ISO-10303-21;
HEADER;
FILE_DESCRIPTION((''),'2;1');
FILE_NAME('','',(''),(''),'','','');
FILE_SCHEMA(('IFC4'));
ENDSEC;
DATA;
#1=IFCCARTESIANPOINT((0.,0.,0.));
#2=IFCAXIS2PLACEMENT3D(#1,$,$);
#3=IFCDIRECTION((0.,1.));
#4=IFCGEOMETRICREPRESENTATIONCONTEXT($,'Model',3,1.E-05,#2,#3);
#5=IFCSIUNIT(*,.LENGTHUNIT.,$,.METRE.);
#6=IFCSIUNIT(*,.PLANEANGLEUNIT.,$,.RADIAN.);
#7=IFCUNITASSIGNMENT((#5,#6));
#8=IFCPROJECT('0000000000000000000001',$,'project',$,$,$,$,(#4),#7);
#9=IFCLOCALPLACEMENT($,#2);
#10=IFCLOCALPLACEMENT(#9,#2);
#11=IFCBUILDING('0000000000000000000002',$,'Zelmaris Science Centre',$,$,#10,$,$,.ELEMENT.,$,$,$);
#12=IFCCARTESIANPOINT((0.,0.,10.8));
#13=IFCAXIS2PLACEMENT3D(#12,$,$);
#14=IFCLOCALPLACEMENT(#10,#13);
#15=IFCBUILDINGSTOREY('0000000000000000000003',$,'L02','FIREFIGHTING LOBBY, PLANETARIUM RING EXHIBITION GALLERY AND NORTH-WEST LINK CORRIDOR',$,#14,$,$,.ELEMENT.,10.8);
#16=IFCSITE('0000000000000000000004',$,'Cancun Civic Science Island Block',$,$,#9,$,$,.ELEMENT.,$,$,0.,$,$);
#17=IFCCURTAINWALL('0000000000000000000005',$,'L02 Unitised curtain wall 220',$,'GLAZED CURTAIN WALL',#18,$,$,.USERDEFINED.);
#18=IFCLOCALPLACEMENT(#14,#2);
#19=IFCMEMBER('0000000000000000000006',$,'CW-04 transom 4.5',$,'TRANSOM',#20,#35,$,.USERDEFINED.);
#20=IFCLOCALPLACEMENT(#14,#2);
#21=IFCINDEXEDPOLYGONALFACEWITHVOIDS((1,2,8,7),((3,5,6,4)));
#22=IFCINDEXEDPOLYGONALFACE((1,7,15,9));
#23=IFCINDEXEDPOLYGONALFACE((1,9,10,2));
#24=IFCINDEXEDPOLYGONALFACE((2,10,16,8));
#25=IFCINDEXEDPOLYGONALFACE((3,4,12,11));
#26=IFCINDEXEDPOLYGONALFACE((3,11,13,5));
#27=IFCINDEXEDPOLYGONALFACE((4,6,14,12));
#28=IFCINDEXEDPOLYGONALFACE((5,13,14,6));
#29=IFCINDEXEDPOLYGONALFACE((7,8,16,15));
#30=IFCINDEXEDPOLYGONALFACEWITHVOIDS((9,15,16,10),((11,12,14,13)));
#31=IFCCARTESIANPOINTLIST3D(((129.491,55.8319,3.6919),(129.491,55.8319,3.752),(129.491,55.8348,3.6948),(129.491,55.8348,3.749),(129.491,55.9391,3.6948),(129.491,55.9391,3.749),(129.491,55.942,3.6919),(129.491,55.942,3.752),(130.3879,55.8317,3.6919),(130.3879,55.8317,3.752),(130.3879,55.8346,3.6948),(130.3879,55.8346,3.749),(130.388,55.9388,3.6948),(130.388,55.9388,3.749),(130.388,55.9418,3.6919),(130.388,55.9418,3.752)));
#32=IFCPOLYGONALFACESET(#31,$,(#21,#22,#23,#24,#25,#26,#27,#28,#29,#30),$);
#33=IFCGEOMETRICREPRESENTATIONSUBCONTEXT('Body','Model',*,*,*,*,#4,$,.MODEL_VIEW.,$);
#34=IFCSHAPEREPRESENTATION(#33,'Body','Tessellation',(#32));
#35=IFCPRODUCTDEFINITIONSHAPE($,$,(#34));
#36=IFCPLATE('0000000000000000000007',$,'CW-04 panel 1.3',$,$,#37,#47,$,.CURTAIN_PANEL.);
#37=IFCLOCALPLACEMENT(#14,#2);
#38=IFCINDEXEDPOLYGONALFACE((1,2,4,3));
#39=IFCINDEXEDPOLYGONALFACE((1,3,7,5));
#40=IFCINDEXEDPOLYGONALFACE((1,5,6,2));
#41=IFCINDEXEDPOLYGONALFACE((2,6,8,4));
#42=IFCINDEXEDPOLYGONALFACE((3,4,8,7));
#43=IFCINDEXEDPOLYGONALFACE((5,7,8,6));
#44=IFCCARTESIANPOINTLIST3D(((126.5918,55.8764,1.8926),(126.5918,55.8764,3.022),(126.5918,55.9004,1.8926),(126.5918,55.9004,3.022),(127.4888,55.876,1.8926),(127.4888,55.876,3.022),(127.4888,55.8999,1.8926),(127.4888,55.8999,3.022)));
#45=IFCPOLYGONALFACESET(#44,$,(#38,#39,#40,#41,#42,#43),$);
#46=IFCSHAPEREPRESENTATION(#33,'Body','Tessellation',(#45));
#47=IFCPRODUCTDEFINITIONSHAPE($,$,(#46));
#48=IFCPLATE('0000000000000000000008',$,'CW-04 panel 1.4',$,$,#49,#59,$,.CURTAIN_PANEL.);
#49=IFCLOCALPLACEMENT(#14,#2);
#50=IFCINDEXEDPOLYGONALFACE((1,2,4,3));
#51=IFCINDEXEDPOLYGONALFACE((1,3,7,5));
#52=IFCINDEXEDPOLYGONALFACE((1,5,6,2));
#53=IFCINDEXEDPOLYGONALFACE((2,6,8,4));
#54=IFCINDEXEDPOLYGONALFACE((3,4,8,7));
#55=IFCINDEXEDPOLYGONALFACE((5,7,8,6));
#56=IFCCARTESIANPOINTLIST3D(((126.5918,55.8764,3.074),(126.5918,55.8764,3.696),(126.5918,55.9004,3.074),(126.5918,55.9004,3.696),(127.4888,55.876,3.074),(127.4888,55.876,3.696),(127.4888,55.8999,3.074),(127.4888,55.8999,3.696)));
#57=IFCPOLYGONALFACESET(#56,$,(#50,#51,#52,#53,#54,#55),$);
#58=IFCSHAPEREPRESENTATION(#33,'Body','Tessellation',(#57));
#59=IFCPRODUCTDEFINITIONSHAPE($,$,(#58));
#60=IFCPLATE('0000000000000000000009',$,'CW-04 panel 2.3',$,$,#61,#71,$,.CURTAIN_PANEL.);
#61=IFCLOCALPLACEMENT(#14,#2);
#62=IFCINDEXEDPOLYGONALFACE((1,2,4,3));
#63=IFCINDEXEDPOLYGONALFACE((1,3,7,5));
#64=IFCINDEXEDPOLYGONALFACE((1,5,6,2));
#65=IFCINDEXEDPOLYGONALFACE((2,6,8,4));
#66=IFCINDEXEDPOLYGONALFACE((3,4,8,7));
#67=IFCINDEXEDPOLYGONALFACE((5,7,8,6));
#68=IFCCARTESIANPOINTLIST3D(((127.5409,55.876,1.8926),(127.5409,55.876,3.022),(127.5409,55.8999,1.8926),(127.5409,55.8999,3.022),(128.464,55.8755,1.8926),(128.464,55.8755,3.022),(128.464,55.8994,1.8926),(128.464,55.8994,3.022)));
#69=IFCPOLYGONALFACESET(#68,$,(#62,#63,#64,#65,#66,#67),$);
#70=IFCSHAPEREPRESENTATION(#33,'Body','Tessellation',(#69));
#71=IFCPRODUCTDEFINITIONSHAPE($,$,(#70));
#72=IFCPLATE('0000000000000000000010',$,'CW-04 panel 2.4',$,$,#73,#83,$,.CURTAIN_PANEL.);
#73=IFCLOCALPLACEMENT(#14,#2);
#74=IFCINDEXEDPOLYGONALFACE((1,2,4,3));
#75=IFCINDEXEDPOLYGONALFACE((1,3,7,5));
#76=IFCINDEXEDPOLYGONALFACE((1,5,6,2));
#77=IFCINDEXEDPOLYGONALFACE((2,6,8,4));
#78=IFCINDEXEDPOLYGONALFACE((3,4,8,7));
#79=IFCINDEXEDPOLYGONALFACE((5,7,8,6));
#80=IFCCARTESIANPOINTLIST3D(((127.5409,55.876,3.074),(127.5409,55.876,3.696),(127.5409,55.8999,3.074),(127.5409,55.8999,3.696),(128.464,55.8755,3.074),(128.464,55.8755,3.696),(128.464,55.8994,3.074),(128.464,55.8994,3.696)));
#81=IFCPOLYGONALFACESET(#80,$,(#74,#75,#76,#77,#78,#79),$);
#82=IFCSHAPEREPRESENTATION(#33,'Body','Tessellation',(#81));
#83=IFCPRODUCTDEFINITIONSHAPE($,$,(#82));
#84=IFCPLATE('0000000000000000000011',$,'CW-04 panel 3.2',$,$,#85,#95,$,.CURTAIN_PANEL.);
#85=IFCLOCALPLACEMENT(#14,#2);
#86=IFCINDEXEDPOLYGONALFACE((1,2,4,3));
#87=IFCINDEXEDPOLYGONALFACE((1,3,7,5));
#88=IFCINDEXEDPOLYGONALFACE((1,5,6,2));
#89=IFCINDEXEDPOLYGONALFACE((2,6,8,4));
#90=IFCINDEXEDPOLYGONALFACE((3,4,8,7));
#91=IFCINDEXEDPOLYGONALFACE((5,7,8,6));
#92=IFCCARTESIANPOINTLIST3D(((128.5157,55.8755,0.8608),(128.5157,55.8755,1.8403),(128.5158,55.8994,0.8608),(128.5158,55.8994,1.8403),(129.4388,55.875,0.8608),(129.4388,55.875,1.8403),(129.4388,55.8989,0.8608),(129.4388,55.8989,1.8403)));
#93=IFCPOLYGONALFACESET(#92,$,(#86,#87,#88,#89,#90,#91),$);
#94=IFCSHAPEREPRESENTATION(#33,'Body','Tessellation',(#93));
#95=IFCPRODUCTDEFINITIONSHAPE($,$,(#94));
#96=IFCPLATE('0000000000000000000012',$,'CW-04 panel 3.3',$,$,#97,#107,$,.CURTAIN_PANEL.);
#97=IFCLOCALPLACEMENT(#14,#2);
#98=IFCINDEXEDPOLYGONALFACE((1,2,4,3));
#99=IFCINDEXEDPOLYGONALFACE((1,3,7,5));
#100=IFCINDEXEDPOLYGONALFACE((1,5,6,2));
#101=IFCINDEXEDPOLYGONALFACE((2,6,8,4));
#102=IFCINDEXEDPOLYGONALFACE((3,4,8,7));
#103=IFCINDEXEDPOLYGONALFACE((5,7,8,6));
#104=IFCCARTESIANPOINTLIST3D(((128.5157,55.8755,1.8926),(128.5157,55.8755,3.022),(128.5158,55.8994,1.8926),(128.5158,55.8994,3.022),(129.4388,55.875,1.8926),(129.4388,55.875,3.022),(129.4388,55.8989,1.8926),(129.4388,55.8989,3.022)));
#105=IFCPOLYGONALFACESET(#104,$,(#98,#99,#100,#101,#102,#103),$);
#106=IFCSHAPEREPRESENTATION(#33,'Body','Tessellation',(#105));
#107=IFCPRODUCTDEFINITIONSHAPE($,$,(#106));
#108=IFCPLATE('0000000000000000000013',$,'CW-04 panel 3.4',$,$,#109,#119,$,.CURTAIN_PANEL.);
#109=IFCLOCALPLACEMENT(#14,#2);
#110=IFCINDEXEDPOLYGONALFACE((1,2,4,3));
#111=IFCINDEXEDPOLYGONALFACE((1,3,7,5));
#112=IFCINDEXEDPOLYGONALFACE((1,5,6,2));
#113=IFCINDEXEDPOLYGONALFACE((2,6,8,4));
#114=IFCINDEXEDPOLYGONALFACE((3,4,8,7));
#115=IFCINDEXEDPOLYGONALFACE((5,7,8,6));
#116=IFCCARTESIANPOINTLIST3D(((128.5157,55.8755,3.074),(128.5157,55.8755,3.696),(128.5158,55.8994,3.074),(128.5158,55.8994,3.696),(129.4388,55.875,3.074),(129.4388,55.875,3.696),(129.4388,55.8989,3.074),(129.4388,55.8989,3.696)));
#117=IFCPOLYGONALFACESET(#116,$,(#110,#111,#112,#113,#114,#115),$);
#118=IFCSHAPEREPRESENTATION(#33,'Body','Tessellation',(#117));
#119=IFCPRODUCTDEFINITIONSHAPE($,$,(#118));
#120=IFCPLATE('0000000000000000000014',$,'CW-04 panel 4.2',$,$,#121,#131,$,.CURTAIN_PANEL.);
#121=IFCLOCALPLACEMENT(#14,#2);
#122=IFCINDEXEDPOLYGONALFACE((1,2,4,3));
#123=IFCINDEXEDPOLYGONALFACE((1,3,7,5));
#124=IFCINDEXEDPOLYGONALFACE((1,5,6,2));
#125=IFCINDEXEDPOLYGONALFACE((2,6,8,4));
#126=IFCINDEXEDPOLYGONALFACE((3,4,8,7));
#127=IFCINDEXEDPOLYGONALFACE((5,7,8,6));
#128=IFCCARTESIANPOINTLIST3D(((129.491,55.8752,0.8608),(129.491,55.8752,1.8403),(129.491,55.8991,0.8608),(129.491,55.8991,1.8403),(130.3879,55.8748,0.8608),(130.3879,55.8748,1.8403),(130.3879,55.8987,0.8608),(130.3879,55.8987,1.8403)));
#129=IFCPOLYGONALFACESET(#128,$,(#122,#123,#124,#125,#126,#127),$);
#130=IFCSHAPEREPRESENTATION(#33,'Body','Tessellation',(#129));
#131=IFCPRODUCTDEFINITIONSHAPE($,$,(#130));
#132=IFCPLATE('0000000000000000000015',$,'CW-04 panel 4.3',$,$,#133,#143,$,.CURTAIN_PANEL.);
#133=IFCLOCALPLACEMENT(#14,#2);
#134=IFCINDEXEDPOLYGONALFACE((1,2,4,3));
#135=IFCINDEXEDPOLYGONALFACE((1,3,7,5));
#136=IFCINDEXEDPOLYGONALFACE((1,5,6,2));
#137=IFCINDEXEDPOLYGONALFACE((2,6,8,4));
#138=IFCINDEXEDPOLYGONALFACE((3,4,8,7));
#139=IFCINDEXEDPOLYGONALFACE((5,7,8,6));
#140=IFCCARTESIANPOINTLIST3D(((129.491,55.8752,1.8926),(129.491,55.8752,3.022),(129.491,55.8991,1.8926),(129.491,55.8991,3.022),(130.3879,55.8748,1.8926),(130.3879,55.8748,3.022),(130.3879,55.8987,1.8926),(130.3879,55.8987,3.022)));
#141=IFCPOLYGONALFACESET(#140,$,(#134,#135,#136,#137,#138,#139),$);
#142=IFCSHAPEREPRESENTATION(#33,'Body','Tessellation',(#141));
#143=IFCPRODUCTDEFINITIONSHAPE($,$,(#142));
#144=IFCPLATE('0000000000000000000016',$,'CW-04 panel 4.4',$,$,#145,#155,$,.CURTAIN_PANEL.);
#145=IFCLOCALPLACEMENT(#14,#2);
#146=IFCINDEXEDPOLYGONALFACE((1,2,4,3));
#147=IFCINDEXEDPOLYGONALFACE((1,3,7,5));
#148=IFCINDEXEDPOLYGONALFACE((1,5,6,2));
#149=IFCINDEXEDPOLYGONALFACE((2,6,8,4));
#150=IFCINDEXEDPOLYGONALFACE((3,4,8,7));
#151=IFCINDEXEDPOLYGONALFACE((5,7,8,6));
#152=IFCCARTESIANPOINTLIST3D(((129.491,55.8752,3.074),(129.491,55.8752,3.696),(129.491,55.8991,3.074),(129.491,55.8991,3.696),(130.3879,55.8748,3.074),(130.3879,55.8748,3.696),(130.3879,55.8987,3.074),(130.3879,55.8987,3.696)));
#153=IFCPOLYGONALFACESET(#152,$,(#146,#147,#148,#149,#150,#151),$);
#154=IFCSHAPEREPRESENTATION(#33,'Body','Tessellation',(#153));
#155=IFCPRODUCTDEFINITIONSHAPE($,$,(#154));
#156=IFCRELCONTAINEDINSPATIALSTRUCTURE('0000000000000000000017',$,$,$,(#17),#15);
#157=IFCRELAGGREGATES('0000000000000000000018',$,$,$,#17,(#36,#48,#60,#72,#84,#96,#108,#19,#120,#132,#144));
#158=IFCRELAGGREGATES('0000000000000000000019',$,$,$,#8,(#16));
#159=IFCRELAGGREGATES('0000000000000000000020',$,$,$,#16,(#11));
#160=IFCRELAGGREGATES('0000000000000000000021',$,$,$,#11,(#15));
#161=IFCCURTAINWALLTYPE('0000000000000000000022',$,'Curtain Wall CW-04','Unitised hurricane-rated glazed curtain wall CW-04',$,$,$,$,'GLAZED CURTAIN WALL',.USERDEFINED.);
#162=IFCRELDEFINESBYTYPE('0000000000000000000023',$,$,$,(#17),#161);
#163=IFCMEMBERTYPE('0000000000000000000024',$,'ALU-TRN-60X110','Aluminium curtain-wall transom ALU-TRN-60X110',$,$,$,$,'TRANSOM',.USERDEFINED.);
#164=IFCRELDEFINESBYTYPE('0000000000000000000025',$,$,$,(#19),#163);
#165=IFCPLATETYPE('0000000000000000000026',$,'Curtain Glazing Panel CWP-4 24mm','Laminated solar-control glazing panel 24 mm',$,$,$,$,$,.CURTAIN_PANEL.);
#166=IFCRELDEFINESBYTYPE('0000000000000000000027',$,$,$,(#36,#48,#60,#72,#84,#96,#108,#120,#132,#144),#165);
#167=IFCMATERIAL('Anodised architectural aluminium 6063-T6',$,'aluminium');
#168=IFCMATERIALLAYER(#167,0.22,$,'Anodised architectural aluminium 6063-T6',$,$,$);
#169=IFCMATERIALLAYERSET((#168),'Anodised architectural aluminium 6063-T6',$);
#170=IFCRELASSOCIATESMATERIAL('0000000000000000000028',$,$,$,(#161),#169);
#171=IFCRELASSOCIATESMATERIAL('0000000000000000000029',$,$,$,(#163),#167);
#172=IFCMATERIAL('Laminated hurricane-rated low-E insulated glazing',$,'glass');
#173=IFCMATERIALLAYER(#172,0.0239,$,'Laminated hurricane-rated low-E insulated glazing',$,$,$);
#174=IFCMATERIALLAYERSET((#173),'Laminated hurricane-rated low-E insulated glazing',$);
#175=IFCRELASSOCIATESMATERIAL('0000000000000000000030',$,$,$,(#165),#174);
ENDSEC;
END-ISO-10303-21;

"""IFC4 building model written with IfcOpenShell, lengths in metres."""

from ifc_helpers import new_model, si_unit, direction, frame, origin, origin_2d, place, context, subcontext, project, spatial, rectangle, hollow_rectangle, extrude, material, layer, layer_set, material_profile, profile_set, type_object, element, aggregate, save


model = new_model("IFC4")

# Units and contexts
model_context = context("Model", 3, precision=1e-05, world=origin(), true_north=direction((0.0, 1.0)))
body_context = subcontext(model_context, "Body", "Model", "MODEL_VIEW")
ifc_project = project(units=[si_unit("LENGTHUNIT", "METRE"), si_unit("PLANEANGLEUNIT", "RADIAN")], contexts=[model_context])

# Site, building, storey
site_placement = place(None, origin())
site = spatial("IfcSite", under=ifc_project, at=site_placement, Name="Cancun Civic Science Island Block", CompositionType="ELEMENT", RefElevation=0.0)
building_placement = place(site_placement, origin())
building = spatial("IfcBuilding", under=site, at=building_placement, Name="Zelmaris Science Centre", CompositionType="ELEMENT")
storey_placement = place(building_placement, frame((0.0, 0.0, 10.8)))
storey = spatial("IfcBuildingStorey", under=building, at=storey_placement, Name="L02", Description="FIREFIGHTING LOBBY, PLANETARIUM RING EXHIBITION GALLERY AND NORTH-WEST LINK CORRIDOR", CompositionType="ELEMENT", Elevation=10.8)

# Curtain wall, member, plates
ifc_material_1 = material(Name="Anodised architectural aluminium 6063-T6", Category="aluminium")
ifc_layer_1 = layer(ifc_material_1, 0.22, Name="Anodised architectural aluminium 6063-T6")
ifc_layer_set_1 = layer_set([ifc_layer_1], Name="Anodised architectural aluminium 6063-T6")
curtain_wall_type = type_object("IfcCurtainWallType", Name="Curtain Wall CW-04", Description="Unitised hurricane-rated glazed curtain wall CW-04", ElementType="GLAZED CURTAIN WALL", PredefinedType="USERDEFINED", material=ifc_layer_set_1)
curtain_wall_placement = place(storey_placement, origin())
curtain_wall = element("IfcCurtainWall", 1, at=curtain_wall_placement, inside=storey, type_object=curtain_wall_type, Name="L02 Unitised curtain wall 220", ObjectType="GLAZED CURTAIN WALL", PredefinedType="USERDEFINED")
ifc_material_profile = material_profile(ifc_material_1, hollow_rectangle(XDim=0.0601, YDim=0.1101, WallThickness=0.0029, at=origin_2d()), Name="ALU-TRN-60X110")
ifc_profile_set = profile_set([ifc_material_profile], Name="Anodised architectural aluminium 6063-T6")
member_type = type_object("IfcMemberType", Name="ALU-TRN-60X110", Description="Aluminium curtain-wall transom ALU-TRN-60X110", ElementType="TRANSOM", PredefinedType="USERDEFINED", material=ifc_profile_set)
member_1_placement = place(storey_placement, frame((129.491, 55.887, 3.7219), z_axis=(1.0, -0.000272, 0.0), x_axis=(0.0, 0.0, 1.0)))
member_1 = element("IfcMember", 2, at=member_1_placement, type_object=member_type, Name="CW-04 transom 4.5", ObjectType="TRANSOM", PredefinedType="USERDEFINED", context=body_context, shape_type="SweptSolid", body=[
    extrude(hollow_rectangle(XDim=0.0601, YDim=0.1101, WallThickness=0.0029, at=origin_2d()), origin(), (0.0, 0.0, 1.0), 0.897),
])
ifc_material_2 = material(Name="Laminated hurricane-rated low-E insulated glazing", Category="glass")
ifc_layer_2 = layer(ifc_material_2, 0.0239, Name="Laminated hurricane-rated low-E insulated glazing")
ifc_layer_set_2 = layer_set([ifc_layer_2], Name="Laminated hurricane-rated low-E insulated glazing")
plate_type = type_object("IfcPlateType", Name="Curtain Glazing Panel CWP-4 24mm", Description="Laminated solar-control glazing panel 24 mm", PredefinedType="CURTAIN_PANEL", material=ifc_layer_set_2)
plate_1_placement = place(storey_placement, frame((127.0403, 55.8882, 1.8926), z_axis=(0.0, 0.0, 1.0), x_axis=(1.0, -0.000487, 0.0)))
plate_1 = element("IfcPlate", 3, at=plate_1_placement, type_object=plate_type, Name="CW-04 panel 1.3", PredefinedType="CURTAIN_PANEL", context=body_context, shape_type="SweptSolid", body=[
    extrude(rectangle(XDim=0.897, YDim=0.0239, at=origin_2d()), origin(), (0.0, 0.0, 1.0), 1.1294),
])
plate_2_placement = place(storey_placement, frame((127.0403, 55.8882, 3.074), z_axis=(0.0, 0.0, 1.0), x_axis=(1.0, -0.000487, 0.0)))
plate_2 = element("IfcPlate", 4, at=plate_2_placement, type_object=plate_type, Name="CW-04 panel 1.4", PredefinedType="CURTAIN_PANEL", context=body_context, shape_type="SweptSolid", body=[
    extrude(rectangle(XDim=0.897, YDim=0.0239, at=origin_2d()), origin(), (0.0, 0.0, 1.0), 0.6221),
])
plate_3_placement = place(storey_placement, frame((128.0024, 55.8877, 1.8926), z_axis=(0.0, 0.0, 1.0), x_axis=(1.0, -0.000487, 0.0)))
plate_3 = element("IfcPlate", 5, at=plate_3_placement, type_object=plate_type, Name="CW-04 panel 2.3", PredefinedType="CURTAIN_PANEL", context=body_context, shape_type="SweptSolid", body=[
    extrude(rectangle(XDim=0.9231, YDim=0.0239, at=origin_2d()), origin(), (0.0, 0.0, 1.0), 1.1294),
])
plate_4_placement = place(storey_placement, frame((128.0024, 55.8877, 3.074), z_axis=(0.0, 0.0, 1.0), x_axis=(1.0, -0.000487, 0.0)))
plate_4 = element("IfcPlate", 6, at=plate_4_placement, type_object=plate_type, Name="CW-04 panel 2.4", PredefinedType="CURTAIN_PANEL", context=body_context, shape_type="SweptSolid", body=[
    extrude(rectangle(XDim=0.9231, YDim=0.0239, at=origin_2d()), origin(), (0.0, 0.0, 1.0), 0.6221),
])
plate_5_placement = place(storey_placement, frame((128.9773, 55.8872, 0.8608), z_axis=(0.0, 0.0, 1.0), x_axis=(1.0, -0.000487, 0.0)))
plate_5 = element("IfcPlate", 7, at=plate_5_placement, type_object=plate_type, Name="CW-04 panel 3.2", PredefinedType="CURTAIN_PANEL", context=body_context, shape_type="SweptSolid", body=[
    extrude(rectangle(XDim=0.9231, YDim=0.0239, at=origin_2d()), origin(), (0.0, 0.0, 1.0), 0.9795),
])
plate_6_placement = place(storey_placement, frame((128.9773, 55.8872, 1.8926), z_axis=(0.0, 0.0, 1.0), x_axis=(1.0, -0.000487, 0.0)))
plate_6 = element("IfcPlate", 8, at=plate_6_placement, type_object=plate_type, Name="CW-04 panel 3.3", PredefinedType="CURTAIN_PANEL", context=body_context, shape_type="SweptSolid", body=[
    extrude(rectangle(XDim=0.9231, YDim=0.0239, at=origin_2d()), origin(), (0.0, 0.0, 1.0), 1.1294),
])
plate_7_placement = place(storey_placement, frame((128.9773, 55.8872, 3.074), z_axis=(0.0, 0.0, 1.0), x_axis=(1.0, -0.000487, 0.0)))
plate_7 = element("IfcPlate", 9, at=plate_7_placement, type_object=plate_type, Name="CW-04 panel 3.4", PredefinedType="CURTAIN_PANEL", context=body_context, shape_type="SweptSolid", body=[
    extrude(rectangle(XDim=0.9231, YDim=0.0239, at=origin_2d()), origin(), (0.0, 0.0, 1.0), 0.6221),
])
plate_8_placement = place(storey_placement, frame((129.9395, 55.887, 0.8608), z_axis=(0.0, 0.0, 1.0), x_axis=(1.0, -0.000487, 0.0)))
plate_8 = element("IfcPlate", 10, at=plate_8_placement, type_object=plate_type, Name="CW-04 panel 4.2", PredefinedType="CURTAIN_PANEL", context=body_context, shape_type="SweptSolid", body=[
    extrude(rectangle(XDim=0.897, YDim=0.0239, at=origin_2d()), origin(), (0.0, 0.0, 1.0), 0.9795),
])
plate_9_placement = place(storey_placement, frame((129.9395, 55.887, 1.8926), z_axis=(0.0, 0.0, 1.0), x_axis=(1.0, -0.000487, 0.0)))
plate_9 = element("IfcPlate", 11, at=plate_9_placement, type_object=plate_type, Name="CW-04 panel 4.3", PredefinedType="CURTAIN_PANEL", context=body_context, shape_type="SweptSolid", body=[
    extrude(rectangle(XDim=0.897, YDim=0.0239, at=origin_2d()), origin(), (0.0, 0.0, 1.0), 1.1294),
])
plate_10_placement = place(storey_placement, frame((129.9395, 55.887, 3.074), z_axis=(0.0, 0.0, 1.0), x_axis=(1.0, -0.000487, 0.0)))
plate_10 = element("IfcPlate", 12, at=plate_10_placement, type_object=plate_type, Name="CW-04 panel 4.4", PredefinedType="CURTAIN_PANEL", context=body_context, shape_type="SweptSolid", body=[
    extrude(rectangle(XDim=0.897, YDim=0.0239, at=origin_2d()), origin(), (0.0, 0.0, 1.0), 0.6221),
])
aggregate(curtain_wall, [plate_1, plate_2, plate_3, plate_4, plate_5, plate_6, plate_7, member_1, plate_8, plate_9, plate_10])

save(model, "model.ifc")
